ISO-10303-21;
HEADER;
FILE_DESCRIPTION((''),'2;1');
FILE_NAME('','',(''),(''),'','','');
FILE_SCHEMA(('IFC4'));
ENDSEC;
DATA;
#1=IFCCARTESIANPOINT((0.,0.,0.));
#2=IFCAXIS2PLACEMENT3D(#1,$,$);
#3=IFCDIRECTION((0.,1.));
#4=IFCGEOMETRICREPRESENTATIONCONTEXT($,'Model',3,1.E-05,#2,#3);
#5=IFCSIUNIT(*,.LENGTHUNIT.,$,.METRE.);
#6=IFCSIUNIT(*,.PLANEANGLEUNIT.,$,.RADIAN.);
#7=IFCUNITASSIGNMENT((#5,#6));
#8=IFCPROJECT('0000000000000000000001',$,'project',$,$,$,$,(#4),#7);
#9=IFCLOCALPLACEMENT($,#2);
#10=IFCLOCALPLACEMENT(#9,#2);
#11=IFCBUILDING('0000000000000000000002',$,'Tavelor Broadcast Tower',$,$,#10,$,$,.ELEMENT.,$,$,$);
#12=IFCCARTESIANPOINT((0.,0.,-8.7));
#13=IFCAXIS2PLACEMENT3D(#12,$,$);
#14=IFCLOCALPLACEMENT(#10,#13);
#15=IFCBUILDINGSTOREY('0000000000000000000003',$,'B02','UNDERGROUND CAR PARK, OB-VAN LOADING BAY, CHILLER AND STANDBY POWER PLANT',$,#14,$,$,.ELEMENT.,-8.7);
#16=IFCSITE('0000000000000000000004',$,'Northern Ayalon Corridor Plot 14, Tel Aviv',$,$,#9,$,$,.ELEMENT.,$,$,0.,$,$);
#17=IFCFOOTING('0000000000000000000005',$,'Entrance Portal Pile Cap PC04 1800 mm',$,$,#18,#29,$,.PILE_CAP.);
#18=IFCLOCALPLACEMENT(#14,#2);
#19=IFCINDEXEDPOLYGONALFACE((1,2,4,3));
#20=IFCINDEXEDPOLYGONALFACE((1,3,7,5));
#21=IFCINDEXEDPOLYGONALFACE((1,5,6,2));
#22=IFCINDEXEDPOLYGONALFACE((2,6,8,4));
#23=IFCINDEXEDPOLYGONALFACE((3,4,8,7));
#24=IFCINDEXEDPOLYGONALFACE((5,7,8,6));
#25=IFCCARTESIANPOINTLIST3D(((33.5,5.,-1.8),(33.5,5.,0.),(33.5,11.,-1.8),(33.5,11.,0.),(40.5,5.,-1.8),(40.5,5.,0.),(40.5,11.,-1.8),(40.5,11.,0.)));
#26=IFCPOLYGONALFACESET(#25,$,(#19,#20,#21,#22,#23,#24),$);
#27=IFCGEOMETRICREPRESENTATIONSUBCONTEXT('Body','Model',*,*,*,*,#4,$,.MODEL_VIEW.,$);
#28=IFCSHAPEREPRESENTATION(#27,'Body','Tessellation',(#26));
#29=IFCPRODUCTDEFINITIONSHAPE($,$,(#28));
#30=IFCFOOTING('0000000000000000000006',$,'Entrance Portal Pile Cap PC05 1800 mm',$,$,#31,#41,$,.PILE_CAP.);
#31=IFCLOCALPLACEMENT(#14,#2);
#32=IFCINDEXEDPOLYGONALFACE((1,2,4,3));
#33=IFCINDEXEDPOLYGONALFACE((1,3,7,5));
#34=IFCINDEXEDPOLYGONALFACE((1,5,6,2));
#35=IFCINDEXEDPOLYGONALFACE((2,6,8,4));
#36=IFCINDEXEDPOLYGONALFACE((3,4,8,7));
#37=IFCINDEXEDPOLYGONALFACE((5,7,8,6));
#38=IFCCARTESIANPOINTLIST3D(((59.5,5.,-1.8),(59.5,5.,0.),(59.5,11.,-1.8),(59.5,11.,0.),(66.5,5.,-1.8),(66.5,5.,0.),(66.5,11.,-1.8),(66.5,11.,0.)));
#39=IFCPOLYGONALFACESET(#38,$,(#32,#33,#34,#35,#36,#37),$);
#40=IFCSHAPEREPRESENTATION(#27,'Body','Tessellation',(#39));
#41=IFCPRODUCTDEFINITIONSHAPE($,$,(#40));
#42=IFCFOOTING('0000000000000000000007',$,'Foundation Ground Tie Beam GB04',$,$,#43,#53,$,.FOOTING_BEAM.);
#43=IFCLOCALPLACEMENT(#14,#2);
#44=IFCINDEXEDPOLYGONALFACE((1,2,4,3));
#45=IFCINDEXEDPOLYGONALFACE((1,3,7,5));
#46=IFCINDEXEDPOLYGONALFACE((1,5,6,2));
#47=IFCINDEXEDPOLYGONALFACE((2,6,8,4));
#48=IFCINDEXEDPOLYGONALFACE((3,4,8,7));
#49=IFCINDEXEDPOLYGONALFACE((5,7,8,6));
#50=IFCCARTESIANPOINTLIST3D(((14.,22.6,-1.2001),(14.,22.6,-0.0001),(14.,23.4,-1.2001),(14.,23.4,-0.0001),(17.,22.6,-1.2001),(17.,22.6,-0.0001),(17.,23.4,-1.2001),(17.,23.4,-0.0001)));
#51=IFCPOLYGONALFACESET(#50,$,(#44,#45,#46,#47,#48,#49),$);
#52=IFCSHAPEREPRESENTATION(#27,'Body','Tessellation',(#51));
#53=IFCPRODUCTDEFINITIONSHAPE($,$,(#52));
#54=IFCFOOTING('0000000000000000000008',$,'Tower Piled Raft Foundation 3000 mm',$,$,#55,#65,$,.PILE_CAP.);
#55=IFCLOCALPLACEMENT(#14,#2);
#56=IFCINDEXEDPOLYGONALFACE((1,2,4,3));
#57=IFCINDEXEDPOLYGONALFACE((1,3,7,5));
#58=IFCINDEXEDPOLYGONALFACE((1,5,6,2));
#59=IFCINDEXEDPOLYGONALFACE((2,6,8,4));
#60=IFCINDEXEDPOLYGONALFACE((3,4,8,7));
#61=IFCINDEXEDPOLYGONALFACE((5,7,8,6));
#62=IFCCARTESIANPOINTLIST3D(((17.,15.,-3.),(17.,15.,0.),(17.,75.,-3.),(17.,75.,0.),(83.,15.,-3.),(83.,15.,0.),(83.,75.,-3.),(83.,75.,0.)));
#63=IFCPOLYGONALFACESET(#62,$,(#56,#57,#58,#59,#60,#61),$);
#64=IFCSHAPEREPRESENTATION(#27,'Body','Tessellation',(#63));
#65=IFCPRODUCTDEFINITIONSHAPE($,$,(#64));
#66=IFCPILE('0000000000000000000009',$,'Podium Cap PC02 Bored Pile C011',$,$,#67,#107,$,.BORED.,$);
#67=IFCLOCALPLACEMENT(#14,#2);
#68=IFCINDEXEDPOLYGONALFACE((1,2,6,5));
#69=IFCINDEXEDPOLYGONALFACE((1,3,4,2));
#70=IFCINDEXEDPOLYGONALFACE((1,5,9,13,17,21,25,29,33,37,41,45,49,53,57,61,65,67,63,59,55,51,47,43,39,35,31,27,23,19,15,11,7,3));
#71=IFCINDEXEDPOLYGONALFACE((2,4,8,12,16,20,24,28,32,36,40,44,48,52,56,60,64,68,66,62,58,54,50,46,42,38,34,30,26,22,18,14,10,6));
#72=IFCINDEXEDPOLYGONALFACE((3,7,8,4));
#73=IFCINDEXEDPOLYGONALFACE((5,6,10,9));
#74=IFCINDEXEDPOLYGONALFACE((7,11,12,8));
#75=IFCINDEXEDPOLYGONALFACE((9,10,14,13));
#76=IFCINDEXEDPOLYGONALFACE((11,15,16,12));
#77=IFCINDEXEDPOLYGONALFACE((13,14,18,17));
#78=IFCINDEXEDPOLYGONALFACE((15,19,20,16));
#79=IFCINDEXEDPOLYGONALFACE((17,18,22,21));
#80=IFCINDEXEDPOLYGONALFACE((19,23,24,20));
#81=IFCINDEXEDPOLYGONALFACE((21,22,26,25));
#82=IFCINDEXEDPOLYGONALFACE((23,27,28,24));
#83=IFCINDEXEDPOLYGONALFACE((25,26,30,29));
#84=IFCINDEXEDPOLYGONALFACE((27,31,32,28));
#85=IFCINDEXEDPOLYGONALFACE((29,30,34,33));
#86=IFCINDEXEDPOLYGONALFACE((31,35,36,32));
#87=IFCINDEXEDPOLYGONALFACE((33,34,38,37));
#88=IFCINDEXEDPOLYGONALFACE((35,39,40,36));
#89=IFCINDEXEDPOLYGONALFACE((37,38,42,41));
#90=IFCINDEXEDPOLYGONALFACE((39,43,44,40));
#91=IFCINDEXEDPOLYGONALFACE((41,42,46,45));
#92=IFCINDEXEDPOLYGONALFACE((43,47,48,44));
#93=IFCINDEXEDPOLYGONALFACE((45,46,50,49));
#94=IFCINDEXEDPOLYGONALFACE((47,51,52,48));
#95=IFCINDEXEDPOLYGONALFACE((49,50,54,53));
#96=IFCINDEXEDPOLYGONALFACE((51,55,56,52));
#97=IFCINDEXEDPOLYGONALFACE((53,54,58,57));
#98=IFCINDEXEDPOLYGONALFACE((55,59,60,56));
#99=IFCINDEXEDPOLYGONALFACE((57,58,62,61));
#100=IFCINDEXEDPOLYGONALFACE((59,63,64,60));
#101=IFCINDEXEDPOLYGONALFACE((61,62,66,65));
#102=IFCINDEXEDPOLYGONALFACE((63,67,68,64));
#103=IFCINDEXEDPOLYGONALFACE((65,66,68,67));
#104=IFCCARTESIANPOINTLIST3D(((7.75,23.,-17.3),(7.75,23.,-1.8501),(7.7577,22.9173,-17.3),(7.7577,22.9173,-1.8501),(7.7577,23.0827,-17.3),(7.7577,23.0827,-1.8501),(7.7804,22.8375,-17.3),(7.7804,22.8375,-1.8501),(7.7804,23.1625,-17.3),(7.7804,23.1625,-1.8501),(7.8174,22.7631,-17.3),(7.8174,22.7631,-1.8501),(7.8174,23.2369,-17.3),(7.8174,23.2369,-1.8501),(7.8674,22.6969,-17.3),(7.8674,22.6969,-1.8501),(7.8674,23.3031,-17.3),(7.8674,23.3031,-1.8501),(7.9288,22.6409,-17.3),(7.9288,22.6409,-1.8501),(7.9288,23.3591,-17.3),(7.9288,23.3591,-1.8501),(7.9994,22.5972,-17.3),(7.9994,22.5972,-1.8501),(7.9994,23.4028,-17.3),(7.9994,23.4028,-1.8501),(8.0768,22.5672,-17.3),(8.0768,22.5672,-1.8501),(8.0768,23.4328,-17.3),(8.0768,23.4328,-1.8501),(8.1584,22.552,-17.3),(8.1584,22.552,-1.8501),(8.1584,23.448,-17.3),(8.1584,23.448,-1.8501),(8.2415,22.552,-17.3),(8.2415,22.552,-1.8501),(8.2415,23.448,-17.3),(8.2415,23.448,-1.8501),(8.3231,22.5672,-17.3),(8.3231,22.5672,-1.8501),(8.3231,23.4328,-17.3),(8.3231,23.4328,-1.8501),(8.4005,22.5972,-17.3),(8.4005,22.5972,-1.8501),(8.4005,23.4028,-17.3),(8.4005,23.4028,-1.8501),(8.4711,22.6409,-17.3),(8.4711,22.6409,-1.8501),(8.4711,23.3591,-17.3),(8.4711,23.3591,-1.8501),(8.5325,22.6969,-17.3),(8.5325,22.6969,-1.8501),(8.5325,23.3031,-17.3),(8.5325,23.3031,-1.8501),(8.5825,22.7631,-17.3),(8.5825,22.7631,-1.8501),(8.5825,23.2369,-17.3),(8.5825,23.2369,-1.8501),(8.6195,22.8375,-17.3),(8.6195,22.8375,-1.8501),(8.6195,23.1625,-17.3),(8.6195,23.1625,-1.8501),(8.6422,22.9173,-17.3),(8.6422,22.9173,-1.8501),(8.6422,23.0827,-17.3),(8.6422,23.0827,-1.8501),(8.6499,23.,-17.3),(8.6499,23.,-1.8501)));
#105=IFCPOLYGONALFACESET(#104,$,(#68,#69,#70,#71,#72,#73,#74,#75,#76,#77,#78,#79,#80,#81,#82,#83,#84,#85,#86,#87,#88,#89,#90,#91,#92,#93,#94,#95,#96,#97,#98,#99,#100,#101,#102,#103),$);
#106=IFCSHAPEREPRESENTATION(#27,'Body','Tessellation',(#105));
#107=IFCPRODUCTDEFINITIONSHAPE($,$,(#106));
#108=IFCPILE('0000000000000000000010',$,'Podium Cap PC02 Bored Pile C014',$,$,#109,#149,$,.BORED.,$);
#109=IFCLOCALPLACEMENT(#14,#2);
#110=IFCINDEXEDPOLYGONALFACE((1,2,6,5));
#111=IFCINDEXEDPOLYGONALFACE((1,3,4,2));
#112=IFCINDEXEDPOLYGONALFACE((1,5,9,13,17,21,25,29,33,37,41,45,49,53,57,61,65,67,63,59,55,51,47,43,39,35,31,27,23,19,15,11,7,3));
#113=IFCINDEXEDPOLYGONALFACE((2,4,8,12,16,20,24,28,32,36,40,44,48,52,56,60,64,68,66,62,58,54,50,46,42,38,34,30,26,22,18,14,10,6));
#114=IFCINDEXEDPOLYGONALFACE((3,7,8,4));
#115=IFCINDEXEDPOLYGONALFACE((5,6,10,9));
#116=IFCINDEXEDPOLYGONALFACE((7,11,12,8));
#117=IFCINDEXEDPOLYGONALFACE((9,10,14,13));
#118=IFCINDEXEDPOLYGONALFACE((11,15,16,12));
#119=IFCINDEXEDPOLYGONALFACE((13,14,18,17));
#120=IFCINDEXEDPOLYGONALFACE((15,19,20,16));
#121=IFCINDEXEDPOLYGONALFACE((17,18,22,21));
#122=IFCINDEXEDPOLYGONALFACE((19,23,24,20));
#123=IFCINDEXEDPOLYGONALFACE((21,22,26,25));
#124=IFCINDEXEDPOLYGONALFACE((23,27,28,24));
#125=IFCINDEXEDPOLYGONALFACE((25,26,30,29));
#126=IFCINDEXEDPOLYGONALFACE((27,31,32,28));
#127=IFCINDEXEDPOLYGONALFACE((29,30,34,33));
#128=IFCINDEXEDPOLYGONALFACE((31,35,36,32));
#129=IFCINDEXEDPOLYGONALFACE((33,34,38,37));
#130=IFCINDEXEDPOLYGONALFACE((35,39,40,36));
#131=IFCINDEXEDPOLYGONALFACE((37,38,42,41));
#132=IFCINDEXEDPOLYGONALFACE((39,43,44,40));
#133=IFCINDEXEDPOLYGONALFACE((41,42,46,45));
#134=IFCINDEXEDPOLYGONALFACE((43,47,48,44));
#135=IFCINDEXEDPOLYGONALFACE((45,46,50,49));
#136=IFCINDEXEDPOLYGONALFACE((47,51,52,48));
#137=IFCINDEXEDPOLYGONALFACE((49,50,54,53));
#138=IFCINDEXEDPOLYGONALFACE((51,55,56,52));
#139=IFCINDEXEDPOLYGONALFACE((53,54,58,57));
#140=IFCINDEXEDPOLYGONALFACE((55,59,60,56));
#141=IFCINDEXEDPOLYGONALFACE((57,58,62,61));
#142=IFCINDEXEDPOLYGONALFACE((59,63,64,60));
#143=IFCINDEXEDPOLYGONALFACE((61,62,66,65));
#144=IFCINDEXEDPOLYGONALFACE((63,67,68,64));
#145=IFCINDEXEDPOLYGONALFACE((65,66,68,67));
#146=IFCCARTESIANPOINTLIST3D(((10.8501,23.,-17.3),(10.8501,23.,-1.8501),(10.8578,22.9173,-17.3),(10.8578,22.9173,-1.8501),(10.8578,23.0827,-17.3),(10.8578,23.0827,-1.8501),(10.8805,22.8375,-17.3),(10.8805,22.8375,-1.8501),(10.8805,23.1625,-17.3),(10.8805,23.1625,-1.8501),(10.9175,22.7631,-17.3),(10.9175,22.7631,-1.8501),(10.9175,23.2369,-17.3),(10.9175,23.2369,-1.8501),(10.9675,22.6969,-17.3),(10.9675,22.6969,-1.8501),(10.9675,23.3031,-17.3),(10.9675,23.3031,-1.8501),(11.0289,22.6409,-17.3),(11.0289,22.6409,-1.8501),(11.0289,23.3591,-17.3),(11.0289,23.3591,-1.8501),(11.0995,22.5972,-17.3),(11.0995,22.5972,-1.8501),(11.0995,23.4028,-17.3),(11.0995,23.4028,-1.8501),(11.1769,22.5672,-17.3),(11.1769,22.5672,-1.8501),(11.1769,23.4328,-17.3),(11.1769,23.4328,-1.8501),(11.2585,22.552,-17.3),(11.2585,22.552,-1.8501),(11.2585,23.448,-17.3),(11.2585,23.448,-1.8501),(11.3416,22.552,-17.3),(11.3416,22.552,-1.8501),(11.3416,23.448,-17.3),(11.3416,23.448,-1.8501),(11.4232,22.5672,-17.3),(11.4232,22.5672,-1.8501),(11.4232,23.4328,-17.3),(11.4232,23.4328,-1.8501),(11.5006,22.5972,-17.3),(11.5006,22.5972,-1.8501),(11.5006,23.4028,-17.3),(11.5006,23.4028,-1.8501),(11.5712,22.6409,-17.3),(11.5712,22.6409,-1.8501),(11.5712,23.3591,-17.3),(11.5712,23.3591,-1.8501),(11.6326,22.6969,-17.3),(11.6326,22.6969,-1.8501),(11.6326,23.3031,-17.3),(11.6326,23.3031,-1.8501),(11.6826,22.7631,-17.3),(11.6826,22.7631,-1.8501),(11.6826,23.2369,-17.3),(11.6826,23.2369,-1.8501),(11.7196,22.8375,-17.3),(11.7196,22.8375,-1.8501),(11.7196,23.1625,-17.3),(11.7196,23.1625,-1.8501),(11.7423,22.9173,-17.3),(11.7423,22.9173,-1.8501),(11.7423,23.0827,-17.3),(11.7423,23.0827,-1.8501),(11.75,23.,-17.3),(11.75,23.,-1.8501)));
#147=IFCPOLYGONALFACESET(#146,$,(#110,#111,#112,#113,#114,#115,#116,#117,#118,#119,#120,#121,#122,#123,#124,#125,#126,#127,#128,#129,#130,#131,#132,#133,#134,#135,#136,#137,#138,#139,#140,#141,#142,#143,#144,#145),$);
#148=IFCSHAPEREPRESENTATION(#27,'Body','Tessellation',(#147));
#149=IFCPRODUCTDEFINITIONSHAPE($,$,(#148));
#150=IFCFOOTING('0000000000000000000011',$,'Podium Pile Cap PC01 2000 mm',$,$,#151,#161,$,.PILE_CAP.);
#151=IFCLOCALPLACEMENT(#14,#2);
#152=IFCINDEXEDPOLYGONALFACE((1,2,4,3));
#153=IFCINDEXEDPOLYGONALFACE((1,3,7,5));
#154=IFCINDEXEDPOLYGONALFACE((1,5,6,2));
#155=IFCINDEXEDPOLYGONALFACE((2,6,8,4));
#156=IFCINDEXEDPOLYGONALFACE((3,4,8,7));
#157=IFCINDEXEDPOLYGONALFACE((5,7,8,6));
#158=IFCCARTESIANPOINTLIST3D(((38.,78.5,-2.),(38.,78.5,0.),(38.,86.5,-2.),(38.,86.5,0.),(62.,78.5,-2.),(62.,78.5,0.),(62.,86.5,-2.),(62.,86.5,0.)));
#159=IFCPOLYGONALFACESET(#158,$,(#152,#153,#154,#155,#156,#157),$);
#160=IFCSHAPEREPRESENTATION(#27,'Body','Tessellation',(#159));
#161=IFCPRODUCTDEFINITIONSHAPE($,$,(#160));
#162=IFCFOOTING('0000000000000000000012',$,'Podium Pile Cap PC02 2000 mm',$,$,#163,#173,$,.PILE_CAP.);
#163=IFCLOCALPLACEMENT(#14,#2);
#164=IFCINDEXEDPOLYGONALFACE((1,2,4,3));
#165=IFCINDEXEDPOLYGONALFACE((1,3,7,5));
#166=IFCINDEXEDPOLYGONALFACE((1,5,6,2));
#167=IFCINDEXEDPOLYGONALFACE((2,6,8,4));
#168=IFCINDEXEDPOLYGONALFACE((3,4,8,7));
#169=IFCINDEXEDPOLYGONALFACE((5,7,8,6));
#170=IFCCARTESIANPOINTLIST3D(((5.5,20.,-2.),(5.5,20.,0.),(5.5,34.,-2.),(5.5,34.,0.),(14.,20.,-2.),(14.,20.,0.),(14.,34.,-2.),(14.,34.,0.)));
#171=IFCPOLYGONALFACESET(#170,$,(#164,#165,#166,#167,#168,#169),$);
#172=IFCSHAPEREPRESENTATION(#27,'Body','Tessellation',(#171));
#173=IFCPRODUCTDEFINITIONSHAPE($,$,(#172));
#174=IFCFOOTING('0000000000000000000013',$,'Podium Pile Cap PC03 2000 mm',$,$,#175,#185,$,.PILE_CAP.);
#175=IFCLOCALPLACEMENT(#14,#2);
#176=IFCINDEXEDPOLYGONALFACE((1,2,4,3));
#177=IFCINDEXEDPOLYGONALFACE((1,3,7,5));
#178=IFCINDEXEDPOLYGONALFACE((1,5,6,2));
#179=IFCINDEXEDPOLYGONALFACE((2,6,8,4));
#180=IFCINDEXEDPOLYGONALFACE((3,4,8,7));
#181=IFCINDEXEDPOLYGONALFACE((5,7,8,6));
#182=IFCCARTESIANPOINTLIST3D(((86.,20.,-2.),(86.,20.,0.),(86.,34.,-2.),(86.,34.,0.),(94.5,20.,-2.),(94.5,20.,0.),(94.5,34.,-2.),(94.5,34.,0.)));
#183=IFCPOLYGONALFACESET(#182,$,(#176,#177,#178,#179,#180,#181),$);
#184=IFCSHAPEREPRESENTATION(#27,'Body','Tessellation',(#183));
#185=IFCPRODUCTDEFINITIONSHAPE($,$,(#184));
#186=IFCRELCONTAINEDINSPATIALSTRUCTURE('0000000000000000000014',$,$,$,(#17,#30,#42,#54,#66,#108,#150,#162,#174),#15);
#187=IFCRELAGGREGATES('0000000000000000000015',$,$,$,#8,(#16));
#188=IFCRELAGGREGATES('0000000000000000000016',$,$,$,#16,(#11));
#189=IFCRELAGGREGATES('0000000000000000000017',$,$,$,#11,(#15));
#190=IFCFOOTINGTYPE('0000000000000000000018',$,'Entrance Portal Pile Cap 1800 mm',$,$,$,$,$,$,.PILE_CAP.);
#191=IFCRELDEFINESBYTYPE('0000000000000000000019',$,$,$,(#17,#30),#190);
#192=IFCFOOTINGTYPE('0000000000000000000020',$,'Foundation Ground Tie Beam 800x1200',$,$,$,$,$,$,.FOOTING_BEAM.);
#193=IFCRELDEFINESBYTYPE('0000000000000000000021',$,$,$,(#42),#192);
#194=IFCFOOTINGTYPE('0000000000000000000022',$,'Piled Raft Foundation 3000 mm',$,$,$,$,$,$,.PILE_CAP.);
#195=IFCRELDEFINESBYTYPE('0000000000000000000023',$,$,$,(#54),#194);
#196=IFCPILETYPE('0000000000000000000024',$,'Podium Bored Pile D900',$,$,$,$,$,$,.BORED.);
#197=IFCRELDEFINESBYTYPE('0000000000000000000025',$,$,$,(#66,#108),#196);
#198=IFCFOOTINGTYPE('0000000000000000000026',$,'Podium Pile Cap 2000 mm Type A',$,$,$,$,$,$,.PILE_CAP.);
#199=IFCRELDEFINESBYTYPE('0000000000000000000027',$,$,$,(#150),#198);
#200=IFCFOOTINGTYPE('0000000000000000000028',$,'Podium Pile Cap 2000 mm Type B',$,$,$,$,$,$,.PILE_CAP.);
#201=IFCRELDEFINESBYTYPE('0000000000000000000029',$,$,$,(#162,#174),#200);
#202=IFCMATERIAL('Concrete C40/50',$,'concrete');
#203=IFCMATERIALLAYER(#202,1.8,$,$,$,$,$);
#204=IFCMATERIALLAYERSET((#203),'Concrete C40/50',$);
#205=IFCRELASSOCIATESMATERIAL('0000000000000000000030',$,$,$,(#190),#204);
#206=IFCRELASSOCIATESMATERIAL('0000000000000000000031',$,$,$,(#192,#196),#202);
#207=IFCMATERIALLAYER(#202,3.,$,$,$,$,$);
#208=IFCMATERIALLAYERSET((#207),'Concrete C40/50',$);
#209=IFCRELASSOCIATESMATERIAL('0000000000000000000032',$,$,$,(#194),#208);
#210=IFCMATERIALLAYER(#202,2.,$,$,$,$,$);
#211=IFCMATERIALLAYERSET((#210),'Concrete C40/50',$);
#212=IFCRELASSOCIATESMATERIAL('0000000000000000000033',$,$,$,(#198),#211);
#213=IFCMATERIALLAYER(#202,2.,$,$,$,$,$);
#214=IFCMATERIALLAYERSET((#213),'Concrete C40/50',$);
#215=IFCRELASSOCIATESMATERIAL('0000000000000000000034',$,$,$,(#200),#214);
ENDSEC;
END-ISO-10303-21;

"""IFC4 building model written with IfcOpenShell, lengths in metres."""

from ifc_helpers import new_model, si_unit, direction, frame, origin, origin_2d, place, context, subcontext, project, spatial, polyline, rectangle, circle, outline, extrude, material, layer, layer_set, material_profile, profile_set, type_object, element, save


model = new_model("IFC4")

# Units and contexts
model_context = context("Model", 3, precision=1e-05, world=origin(), true_north=direction((0.0, 1.0)))
body_context = subcontext(model_context, "Body", "Model", "MODEL_VIEW")
ifc_project = project(units=[si_unit("LENGTHUNIT", "METRE"), si_unit("PLANEANGLEUNIT", "RADIAN")], contexts=[model_context])

# Site, building, storey
site_placement = place(None, origin())
site = spatial("IfcSite", under=ifc_project, at=site_placement, Name="Northern Ayalon Corridor Plot 14, Tel Aviv", CompositionType="ELEMENT", RefElevation=0.0)
building_placement = place(site_placement, origin())
building = spatial("IfcBuilding", under=site, at=building_placement, Name="Tavelor Broadcast Tower", CompositionType="ELEMENT")
storey_placement = place(building_placement, frame((0.0, 0.0, -8.7)))
storey = spatial("IfcBuildingStorey", under=building, at=storey_placement, Name="B02", Description="UNDERGROUND CAR PARK, OB-VAN LOADING BAY, CHILLER AND STANDBY POWER PLANT", CompositionType="ELEMENT", Elevation=-8.7)

# Footings
ifc_material = material(Name="Concrete C40/50", Category="concrete")
ifc_layer_1 = layer(ifc_material, 1.8)
ifc_layer_set_1 = layer_set([ifc_layer_1], Name="Concrete C40/50")
footing_type_1 = type_object("IfcFootingType", Name="Entrance Portal Pile Cap 1800 mm", PredefinedType="PILE_CAP", material=ifc_layer_set_1)
footing_1_placement = place(storey_placement, frame((0.0, 0.0, -1.8)))
element("IfcFooting", 1, at=footing_1_placement, inside=storey, type_object=footing_type_1, Name="Entrance Portal Pile Cap PC04 1800 mm", PredefinedType="PILE_CAP", context=body_context, shape_type="SweptSolid", body=[
    extrude(outline(polyline([(33.5, 5.0), (40.5, 5.0), (40.5, 11.0), (33.5, 11.0), (33.5, 5.0)])), origin(), (0.0, 0.0, 1.0), 1.8),
])
footing_2_placement = place(storey_placement, frame((0.0, 0.0, -1.8)))
element("IfcFooting", 2, at=footing_2_placement, inside=storey, type_object=footing_type_1, Name="Entrance Portal Pile Cap PC05 1800 mm", PredefinedType="PILE_CAP", context=body_context, shape_type="SweptSolid", body=[
    extrude(outline(polyline([(59.5, 5.0), (66.5, 5.0), (66.5, 11.0), (59.5, 11.0), (59.5, 5.0)])), origin(), (0.0, 0.0, 1.0), 1.8),
])
ifc_material_profile_1 = material_profile(ifc_material, rectangle(XDim=0.8, YDim=1.2, at=origin_2d()), Name="RC 800x1200")
ifc_profile_set_1 = profile_set([ifc_material_profile_1], Name="Concrete C40/50")
footing_type_2 = type_object("IfcFootingType", Name="Foundation Ground Tie Beam 800x1200", PredefinedType="FOOTING_BEAM", material=ifc_profile_set_1)
footing_3_placement = place(storey_placement, frame((14.0, 23.0, -0.6001), z_axis=(1.0, 0.0, 0.0), x_axis=(0.0, 1.0, 0.0)))
element("IfcFooting", 3, at=footing_3_placement, inside=storey, type_object=footing_type_2, Name="Foundation Ground Tie Beam GB04", PredefinedType="FOOTING_BEAM", context=body_context, shape_type="SweptSolid", body=[
    extrude(rectangle(XDim=0.8, YDim=1.2, at=origin_2d()), origin(), (0.0, 0.0, 1.0), 3.0),
])
ifc_layer_2 = layer(ifc_material, 3.0)
ifc_layer_set_2 = layer_set([ifc_layer_2], Name="Concrete C40/50")
footing_type_3 = type_object("IfcFootingType", Name="Piled Raft Foundation 3000 mm", PredefinedType="PILE_CAP", material=ifc_layer_set_2)
footing_4_placement = place(storey_placement, frame((0.0, 0.0, -3.0)))
element("IfcFooting", 4, at=footing_4_placement, inside=storey, type_object=footing_type_3, Name="Tower Piled Raft Foundation 3000 mm", PredefinedType="PILE_CAP", context=body_context, shape_type="SweptSolid", body=[
    extrude(outline(polyline([(17.0, 15.0), (83.0, 15.0), (83.0, 75.0), (17.0, 75.0), (17.0, 15.0)])), origin(), (0.0, 0.0, 1.0), 3.0),
])

# Piles
ifc_material_profile_2 = material_profile(ifc_material, circle(Radius=0.45, at=origin_2d()), Name="PILE D900")
ifc_profile_set_2 = profile_set([ifc_material_profile_2], Name="Concrete C40/50")
pile_type_1 = type_object("IfcPileType", Name="Podium Bored Pile D900", PredefinedType="BORED", material=ifc_profile_set_2)
for number, where, z_axis, x_axis, name in (
    (5, (8.2, 23.0, -1.8501), (0.0, 0.0, -1.0), (1.0, 0.0, 0.0), "Podium Cap PC02 Bored Pile C011"),
    (6, (11.3, 23.0, -1.8501), (0.0, 0.0, -1.0), (1.0, 0.0, 0.0), "Podium Cap PC02 Bored Pile C014"),
):
    element("IfcPile", number, at=place(storey_placement, frame(where, z_axis=z_axis, x_axis=x_axis)), inside=storey, type_object=pile_type_1, Name=name, PredefinedType="BORED", context=body_context, shape_type="SweptSolid", body=[
        extrude(circle(Radius=0.45, at=origin_2d()), origin(), (0.0, 0.0, 1.0), 15.45),
    ])

# Footings
ifc_layer_3 = layer(ifc_material, 2.0)
ifc_layer_set_3 = layer_set([ifc_layer_3], Name="Concrete C40/50")
footing_type_4 = type_object("IfcFootingType", Name="Podium Pile Cap 2000 mm Type A", PredefinedType="PILE_CAP", material=ifc_layer_set_3)
footing_5_placement = place(storey_placement, frame((0.0, 0.0, -2.0)))
element("IfcFooting", 7, at=footing_5_placement, inside=storey, type_object=footing_type_4, Name="Podium Pile Cap PC01 2000 mm", PredefinedType="PILE_CAP", context=body_context, shape_type="SweptSolid", body=[
    extrude(outline(polyline([(38.0, 78.5), (62.0, 78.5), (62.0, 86.5), (38.0, 86.5), (38.0, 78.5)])), origin(), (0.0, 0.0, 1.0), 2.0),
])
ifc_layer_4 = layer(ifc_material, 2.0)
ifc_layer_set_4 = layer_set([ifc_layer_4], Name="Concrete C40/50")
footing_type_5 = type_object("IfcFootingType", Name="Podium Pile Cap 2000 mm Type B", PredefinedType="PILE_CAP", material=ifc_layer_set_4)
footing_6_placement = place(storey_placement, frame((0.0, 0.0, -2.0)))
element("IfcFooting", 8, at=footing_6_placement, inside=storey, type_object=footing_type_5, Name="Podium Pile Cap PC02 2000 mm", PredefinedType="PILE_CAP", context=body_context, shape_type="SweptSolid", body=[
    extrude(outline(polyline([(5.5, 20.0), (14.0, 20.0), (14.0, 34.0), (5.5, 34.0), (5.5, 20.0)])), origin(), (0.0, 0.0, 1.0), 2.0),
])
footing_7_placement = place(storey_placement, frame((0.0, 0.0, -2.0)))
element("IfcFooting", 9, at=footing_7_placement, inside=storey, type_object=footing_type_5, Name="Podium Pile Cap PC03 2000 mm", PredefinedType="PILE_CAP", context=body_context, shape_type="SweptSolid", body=[
    extrude(outline(polyline([(86.0, 20.0), (94.5, 20.0), (94.5, 34.0), (86.0, 34.0), (86.0, 20.0)])), origin(), (0.0, 0.0, 1.0), 2.0),
])

save(model, "model.ifc")
